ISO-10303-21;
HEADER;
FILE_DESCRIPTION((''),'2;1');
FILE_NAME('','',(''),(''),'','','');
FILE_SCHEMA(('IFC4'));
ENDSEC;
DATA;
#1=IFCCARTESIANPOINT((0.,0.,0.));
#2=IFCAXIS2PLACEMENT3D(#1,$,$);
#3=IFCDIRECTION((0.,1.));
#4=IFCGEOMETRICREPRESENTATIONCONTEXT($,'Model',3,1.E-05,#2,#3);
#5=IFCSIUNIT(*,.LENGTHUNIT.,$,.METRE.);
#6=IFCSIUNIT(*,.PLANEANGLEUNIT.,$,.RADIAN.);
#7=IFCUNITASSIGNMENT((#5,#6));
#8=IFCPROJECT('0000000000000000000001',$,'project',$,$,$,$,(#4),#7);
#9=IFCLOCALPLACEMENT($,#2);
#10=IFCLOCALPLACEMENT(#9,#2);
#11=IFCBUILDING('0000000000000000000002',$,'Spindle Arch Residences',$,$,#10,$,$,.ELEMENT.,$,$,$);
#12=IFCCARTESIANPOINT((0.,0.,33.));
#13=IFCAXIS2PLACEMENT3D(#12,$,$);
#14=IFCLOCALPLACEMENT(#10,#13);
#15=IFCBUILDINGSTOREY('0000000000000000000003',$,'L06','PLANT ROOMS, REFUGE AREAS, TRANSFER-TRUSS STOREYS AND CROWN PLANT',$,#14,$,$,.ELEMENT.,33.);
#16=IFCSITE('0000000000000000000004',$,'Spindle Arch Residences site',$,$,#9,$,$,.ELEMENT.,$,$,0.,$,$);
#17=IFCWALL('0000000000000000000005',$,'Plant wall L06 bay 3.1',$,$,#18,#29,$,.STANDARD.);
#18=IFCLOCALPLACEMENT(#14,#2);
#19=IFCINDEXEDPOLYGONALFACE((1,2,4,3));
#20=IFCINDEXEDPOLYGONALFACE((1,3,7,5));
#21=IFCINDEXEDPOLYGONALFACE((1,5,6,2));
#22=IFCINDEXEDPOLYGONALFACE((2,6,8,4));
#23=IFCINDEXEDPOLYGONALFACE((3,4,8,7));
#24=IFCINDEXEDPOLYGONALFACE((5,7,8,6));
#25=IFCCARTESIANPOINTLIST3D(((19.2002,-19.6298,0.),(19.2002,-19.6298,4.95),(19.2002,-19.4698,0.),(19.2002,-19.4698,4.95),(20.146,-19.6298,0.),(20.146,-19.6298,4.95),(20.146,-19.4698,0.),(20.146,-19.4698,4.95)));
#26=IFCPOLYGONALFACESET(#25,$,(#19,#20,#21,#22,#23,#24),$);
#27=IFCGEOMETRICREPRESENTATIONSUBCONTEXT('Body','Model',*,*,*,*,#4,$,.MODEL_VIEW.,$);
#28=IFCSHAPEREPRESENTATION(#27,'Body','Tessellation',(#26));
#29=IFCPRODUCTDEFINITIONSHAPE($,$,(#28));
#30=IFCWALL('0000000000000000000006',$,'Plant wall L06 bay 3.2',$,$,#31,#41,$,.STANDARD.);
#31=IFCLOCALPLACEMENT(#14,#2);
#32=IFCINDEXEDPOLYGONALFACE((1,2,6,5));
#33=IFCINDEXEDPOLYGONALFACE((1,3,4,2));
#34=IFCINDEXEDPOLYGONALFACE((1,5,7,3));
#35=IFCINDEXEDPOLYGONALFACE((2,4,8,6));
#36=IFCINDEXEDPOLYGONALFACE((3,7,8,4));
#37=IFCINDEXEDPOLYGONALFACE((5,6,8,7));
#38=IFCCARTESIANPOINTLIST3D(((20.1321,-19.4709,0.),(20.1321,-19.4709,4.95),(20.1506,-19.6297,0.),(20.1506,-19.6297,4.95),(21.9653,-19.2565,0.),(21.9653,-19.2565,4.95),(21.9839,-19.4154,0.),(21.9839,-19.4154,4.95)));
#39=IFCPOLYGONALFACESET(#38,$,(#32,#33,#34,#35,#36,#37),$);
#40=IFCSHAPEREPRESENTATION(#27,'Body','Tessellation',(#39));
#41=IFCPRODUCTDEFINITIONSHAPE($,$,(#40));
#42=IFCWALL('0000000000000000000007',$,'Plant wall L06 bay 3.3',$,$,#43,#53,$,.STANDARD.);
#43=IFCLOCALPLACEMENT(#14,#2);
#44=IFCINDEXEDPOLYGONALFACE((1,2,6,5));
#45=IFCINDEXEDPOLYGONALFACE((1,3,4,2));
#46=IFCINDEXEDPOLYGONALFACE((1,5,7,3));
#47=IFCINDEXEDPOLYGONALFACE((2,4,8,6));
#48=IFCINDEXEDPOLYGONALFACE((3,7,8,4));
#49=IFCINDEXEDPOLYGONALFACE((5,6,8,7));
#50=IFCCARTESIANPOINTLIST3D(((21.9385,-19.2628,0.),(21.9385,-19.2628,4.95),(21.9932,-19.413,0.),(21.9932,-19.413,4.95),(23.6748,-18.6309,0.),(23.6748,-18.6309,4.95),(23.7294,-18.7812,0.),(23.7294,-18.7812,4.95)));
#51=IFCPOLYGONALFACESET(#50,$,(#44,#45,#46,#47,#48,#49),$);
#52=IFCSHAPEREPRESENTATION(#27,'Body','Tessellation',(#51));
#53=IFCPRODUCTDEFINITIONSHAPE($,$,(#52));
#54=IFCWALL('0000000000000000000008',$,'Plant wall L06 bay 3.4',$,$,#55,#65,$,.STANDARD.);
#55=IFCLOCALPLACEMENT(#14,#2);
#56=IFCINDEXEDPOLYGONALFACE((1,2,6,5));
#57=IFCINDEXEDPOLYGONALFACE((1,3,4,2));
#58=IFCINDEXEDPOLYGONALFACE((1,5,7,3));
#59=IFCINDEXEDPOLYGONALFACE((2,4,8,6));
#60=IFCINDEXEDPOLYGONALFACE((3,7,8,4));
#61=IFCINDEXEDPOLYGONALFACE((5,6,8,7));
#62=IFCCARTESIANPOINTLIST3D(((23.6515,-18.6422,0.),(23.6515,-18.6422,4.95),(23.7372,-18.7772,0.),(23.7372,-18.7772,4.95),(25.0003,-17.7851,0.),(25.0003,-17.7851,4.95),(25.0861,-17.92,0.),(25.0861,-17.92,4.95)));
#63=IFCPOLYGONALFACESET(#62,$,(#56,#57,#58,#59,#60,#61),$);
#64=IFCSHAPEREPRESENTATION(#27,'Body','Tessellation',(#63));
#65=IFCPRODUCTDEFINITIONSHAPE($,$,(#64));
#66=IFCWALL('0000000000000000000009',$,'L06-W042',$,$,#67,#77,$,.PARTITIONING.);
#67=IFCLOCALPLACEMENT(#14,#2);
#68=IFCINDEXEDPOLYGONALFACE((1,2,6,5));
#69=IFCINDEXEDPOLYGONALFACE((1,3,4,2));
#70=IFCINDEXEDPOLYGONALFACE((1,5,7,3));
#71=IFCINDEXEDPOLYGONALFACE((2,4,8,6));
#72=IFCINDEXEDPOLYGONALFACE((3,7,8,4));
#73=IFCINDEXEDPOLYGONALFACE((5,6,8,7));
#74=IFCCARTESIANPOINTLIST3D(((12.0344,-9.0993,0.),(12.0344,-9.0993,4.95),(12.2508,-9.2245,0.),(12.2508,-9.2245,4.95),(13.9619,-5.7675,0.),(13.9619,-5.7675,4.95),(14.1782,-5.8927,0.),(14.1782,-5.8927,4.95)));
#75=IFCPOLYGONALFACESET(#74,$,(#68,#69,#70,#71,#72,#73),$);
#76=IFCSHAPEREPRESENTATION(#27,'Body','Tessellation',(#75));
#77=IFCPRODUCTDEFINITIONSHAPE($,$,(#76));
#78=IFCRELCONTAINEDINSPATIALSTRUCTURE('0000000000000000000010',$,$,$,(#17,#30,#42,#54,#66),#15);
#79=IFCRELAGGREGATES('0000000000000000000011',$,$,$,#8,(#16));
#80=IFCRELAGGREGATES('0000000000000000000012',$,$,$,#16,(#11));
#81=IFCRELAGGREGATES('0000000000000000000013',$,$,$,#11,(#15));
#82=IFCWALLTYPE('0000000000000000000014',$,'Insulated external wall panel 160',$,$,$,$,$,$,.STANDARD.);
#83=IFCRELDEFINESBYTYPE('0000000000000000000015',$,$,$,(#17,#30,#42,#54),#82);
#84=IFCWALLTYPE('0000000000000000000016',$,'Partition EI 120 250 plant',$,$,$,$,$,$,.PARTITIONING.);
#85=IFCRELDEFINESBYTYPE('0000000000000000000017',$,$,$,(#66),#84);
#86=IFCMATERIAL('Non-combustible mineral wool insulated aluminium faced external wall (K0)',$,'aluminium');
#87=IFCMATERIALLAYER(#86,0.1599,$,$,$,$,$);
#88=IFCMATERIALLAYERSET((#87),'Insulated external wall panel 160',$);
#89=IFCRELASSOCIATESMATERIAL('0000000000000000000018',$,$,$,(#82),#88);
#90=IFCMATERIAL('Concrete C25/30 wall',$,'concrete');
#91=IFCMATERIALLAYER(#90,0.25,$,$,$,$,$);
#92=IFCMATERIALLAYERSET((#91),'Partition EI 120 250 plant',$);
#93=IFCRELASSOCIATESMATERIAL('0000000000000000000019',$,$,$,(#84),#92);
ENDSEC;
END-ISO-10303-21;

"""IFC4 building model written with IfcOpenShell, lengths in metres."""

from ifc_helpers import new_model, si_unit, direction, frame, frame_2d, origin, place, context, subcontext, project, spatial, rectangle, extrude, material, layer, layer_set, type_object, element, save


model = new_model("IFC4")

# Units and contexts
model_context = context("Model", 3, precision=1e-05, world=origin(), true_north=direction((0.0, 1.0)))
body_context = subcontext(model_context, "Body", "Model", "MODEL_VIEW")
ifc_project = project(units=[si_unit("LENGTHUNIT", "METRE"), si_unit("PLANEANGLEUNIT", "RADIAN")], contexts=[model_context])

# Site, building, storey
site_placement = place(None, origin())
site = spatial("IfcSite", under=ifc_project, at=site_placement, Name="Spindle Arch Residences site", CompositionType="ELEMENT", RefElevation=0.0)
building_placement = place(site_placement, origin())
building = spatial("IfcBuilding", under=site, at=building_placement, Name="Spindle Arch Residences", CompositionType="ELEMENT")
storey_placement = place(building_placement, frame((0.0, 0.0, 33.0)))
storey = spatial("IfcBuildingStorey", under=building, at=storey_placement, Name="L06", Description="PLANT ROOMS, REFUGE AREAS, TRANSFER-TRUSS STOREYS AND CROWN PLANT", CompositionType="ELEMENT", Elevation=33.0)

# Shared definitions
ifc_material_1 = material(Name="Non-combustible mineral wool insulated aluminium faced external wall (K0)", Category="aluminium")
ifc_layer_1 = layer(ifc_material_1, 0.1599)
ifc_layer_set_1 = layer_set([ifc_layer_1], Name="Insulated external wall panel 160")
wall_type_1 = type_object("IfcWallType", Name="Insulated external wall panel 160", PredefinedType="STANDARD", material=ifc_layer_set_1)

# Walls
wall_1_placement = place(storey_placement, frame((19.2002, -19.5498, 0.0), z_axis=(0.0, 0.0, 1.0), x_axis=(1.0, 0.0, 0.0)))
element("IfcWall", 1, at=wall_1_placement, inside=storey, type_object=wall_type_1, Name="Plant wall L06 bay 3.1", PredefinedType="STANDARD", context=body_context, shape_type="SweptSolid", body=[
    extrude(rectangle(XDim=0.9458, YDim=0.1599, at=frame_2d((0.4729, 0.0))), origin(), (0.0, 0.0, 1.0), 4.95),
])
wall_2_placement = place(storey_placement, frame((20.1414, -19.5503, 0.0), z_axis=(0.0, 0.0, 1.0), x_axis=(0.993233, 0.116135, 0.0)))
element("IfcWall", 2, at=wall_2_placement, inside=storey, type_object=wall_type_1, Name="Plant wall L06 bay 3.2", PredefinedType="STANDARD", context=body_context, shape_type="SweptSolid", body=[
    extrude(rectangle(XDim=1.8457, YDim=0.1599, at=frame_2d((0.9229, 0.0))), origin(), (0.0, 0.0, 1.0), 4.95),
])
wall_3_placement = place(storey_placement, frame((21.9658, -19.3379, 0.0), z_axis=(0.0, 0.0, 1.0), x_axis=(0.939716, 0.341955, 0.0)))
element("IfcWall", 3, at=wall_3_placement, inside=storey, type_object=wall_type_1, Name="Plant wall L06 bay 3.3", PredefinedType="STANDARD", context=body_context, shape_type="SweptSolid", body=[
    extrude(rectangle(XDim=1.8477, YDim=0.1599, at=frame_2d((0.9238, 0.0))), origin(), (0.0, 0.0, 1.0), 4.95),
])
wall_4_placement = place(storey_placement, frame((23.6943, -18.7097, 0.0), z_axis=(0.0, 0.0, 1.0), x_axis=(0.844001, 0.536342, 0.0)))
element("IfcWall", 4, at=wall_4_placement, inside=storey, type_object=wall_type_1, Name="Plant wall L06 bay 3.4", PredefinedType="STANDARD", context=body_context, shape_type="SweptSolid", body=[
    extrude(rectangle(XDim=1.5981, YDim=0.1599, at=frame_2d((0.7991, 0.0))), origin(), (0.0, 0.0, 1.0), 4.95),
])
ifc_material_2 = material(Name="Concrete C25/30 wall", Category="concrete")
ifc_layer_2 = layer(ifc_material_2, 0.25)
ifc_layer_set_2 = layer_set([ifc_layer_2], Name="Partition EI 120 250 plant")
wall_type_2 = type_object("IfcWallType", Name="Partition EI 120 250 plant", PredefinedType="PARTITIONING", material=ifc_layer_set_2)
wall_5_placement = place(storey_placement, frame((12.1426, -9.1619, 0.0), z_axis=(0.0, 0.0, 1.0), x_axis=(0.500756, 0.865588, 0.0)))
element("IfcWall", 5, at=wall_5_placement, inside=storey, type_object=wall_type_2, Name="L06-W042", PredefinedType="PARTITIONING", context=body_context, shape_type="SweptSolid", body=[
    extrude(rectangle(XDim=3.8491, YDim=0.25, at=frame_2d((1.9246, 0.0))), origin(), (0.0, 0.0, 1.0), 4.95),
])

save(model, "model.ifc")
